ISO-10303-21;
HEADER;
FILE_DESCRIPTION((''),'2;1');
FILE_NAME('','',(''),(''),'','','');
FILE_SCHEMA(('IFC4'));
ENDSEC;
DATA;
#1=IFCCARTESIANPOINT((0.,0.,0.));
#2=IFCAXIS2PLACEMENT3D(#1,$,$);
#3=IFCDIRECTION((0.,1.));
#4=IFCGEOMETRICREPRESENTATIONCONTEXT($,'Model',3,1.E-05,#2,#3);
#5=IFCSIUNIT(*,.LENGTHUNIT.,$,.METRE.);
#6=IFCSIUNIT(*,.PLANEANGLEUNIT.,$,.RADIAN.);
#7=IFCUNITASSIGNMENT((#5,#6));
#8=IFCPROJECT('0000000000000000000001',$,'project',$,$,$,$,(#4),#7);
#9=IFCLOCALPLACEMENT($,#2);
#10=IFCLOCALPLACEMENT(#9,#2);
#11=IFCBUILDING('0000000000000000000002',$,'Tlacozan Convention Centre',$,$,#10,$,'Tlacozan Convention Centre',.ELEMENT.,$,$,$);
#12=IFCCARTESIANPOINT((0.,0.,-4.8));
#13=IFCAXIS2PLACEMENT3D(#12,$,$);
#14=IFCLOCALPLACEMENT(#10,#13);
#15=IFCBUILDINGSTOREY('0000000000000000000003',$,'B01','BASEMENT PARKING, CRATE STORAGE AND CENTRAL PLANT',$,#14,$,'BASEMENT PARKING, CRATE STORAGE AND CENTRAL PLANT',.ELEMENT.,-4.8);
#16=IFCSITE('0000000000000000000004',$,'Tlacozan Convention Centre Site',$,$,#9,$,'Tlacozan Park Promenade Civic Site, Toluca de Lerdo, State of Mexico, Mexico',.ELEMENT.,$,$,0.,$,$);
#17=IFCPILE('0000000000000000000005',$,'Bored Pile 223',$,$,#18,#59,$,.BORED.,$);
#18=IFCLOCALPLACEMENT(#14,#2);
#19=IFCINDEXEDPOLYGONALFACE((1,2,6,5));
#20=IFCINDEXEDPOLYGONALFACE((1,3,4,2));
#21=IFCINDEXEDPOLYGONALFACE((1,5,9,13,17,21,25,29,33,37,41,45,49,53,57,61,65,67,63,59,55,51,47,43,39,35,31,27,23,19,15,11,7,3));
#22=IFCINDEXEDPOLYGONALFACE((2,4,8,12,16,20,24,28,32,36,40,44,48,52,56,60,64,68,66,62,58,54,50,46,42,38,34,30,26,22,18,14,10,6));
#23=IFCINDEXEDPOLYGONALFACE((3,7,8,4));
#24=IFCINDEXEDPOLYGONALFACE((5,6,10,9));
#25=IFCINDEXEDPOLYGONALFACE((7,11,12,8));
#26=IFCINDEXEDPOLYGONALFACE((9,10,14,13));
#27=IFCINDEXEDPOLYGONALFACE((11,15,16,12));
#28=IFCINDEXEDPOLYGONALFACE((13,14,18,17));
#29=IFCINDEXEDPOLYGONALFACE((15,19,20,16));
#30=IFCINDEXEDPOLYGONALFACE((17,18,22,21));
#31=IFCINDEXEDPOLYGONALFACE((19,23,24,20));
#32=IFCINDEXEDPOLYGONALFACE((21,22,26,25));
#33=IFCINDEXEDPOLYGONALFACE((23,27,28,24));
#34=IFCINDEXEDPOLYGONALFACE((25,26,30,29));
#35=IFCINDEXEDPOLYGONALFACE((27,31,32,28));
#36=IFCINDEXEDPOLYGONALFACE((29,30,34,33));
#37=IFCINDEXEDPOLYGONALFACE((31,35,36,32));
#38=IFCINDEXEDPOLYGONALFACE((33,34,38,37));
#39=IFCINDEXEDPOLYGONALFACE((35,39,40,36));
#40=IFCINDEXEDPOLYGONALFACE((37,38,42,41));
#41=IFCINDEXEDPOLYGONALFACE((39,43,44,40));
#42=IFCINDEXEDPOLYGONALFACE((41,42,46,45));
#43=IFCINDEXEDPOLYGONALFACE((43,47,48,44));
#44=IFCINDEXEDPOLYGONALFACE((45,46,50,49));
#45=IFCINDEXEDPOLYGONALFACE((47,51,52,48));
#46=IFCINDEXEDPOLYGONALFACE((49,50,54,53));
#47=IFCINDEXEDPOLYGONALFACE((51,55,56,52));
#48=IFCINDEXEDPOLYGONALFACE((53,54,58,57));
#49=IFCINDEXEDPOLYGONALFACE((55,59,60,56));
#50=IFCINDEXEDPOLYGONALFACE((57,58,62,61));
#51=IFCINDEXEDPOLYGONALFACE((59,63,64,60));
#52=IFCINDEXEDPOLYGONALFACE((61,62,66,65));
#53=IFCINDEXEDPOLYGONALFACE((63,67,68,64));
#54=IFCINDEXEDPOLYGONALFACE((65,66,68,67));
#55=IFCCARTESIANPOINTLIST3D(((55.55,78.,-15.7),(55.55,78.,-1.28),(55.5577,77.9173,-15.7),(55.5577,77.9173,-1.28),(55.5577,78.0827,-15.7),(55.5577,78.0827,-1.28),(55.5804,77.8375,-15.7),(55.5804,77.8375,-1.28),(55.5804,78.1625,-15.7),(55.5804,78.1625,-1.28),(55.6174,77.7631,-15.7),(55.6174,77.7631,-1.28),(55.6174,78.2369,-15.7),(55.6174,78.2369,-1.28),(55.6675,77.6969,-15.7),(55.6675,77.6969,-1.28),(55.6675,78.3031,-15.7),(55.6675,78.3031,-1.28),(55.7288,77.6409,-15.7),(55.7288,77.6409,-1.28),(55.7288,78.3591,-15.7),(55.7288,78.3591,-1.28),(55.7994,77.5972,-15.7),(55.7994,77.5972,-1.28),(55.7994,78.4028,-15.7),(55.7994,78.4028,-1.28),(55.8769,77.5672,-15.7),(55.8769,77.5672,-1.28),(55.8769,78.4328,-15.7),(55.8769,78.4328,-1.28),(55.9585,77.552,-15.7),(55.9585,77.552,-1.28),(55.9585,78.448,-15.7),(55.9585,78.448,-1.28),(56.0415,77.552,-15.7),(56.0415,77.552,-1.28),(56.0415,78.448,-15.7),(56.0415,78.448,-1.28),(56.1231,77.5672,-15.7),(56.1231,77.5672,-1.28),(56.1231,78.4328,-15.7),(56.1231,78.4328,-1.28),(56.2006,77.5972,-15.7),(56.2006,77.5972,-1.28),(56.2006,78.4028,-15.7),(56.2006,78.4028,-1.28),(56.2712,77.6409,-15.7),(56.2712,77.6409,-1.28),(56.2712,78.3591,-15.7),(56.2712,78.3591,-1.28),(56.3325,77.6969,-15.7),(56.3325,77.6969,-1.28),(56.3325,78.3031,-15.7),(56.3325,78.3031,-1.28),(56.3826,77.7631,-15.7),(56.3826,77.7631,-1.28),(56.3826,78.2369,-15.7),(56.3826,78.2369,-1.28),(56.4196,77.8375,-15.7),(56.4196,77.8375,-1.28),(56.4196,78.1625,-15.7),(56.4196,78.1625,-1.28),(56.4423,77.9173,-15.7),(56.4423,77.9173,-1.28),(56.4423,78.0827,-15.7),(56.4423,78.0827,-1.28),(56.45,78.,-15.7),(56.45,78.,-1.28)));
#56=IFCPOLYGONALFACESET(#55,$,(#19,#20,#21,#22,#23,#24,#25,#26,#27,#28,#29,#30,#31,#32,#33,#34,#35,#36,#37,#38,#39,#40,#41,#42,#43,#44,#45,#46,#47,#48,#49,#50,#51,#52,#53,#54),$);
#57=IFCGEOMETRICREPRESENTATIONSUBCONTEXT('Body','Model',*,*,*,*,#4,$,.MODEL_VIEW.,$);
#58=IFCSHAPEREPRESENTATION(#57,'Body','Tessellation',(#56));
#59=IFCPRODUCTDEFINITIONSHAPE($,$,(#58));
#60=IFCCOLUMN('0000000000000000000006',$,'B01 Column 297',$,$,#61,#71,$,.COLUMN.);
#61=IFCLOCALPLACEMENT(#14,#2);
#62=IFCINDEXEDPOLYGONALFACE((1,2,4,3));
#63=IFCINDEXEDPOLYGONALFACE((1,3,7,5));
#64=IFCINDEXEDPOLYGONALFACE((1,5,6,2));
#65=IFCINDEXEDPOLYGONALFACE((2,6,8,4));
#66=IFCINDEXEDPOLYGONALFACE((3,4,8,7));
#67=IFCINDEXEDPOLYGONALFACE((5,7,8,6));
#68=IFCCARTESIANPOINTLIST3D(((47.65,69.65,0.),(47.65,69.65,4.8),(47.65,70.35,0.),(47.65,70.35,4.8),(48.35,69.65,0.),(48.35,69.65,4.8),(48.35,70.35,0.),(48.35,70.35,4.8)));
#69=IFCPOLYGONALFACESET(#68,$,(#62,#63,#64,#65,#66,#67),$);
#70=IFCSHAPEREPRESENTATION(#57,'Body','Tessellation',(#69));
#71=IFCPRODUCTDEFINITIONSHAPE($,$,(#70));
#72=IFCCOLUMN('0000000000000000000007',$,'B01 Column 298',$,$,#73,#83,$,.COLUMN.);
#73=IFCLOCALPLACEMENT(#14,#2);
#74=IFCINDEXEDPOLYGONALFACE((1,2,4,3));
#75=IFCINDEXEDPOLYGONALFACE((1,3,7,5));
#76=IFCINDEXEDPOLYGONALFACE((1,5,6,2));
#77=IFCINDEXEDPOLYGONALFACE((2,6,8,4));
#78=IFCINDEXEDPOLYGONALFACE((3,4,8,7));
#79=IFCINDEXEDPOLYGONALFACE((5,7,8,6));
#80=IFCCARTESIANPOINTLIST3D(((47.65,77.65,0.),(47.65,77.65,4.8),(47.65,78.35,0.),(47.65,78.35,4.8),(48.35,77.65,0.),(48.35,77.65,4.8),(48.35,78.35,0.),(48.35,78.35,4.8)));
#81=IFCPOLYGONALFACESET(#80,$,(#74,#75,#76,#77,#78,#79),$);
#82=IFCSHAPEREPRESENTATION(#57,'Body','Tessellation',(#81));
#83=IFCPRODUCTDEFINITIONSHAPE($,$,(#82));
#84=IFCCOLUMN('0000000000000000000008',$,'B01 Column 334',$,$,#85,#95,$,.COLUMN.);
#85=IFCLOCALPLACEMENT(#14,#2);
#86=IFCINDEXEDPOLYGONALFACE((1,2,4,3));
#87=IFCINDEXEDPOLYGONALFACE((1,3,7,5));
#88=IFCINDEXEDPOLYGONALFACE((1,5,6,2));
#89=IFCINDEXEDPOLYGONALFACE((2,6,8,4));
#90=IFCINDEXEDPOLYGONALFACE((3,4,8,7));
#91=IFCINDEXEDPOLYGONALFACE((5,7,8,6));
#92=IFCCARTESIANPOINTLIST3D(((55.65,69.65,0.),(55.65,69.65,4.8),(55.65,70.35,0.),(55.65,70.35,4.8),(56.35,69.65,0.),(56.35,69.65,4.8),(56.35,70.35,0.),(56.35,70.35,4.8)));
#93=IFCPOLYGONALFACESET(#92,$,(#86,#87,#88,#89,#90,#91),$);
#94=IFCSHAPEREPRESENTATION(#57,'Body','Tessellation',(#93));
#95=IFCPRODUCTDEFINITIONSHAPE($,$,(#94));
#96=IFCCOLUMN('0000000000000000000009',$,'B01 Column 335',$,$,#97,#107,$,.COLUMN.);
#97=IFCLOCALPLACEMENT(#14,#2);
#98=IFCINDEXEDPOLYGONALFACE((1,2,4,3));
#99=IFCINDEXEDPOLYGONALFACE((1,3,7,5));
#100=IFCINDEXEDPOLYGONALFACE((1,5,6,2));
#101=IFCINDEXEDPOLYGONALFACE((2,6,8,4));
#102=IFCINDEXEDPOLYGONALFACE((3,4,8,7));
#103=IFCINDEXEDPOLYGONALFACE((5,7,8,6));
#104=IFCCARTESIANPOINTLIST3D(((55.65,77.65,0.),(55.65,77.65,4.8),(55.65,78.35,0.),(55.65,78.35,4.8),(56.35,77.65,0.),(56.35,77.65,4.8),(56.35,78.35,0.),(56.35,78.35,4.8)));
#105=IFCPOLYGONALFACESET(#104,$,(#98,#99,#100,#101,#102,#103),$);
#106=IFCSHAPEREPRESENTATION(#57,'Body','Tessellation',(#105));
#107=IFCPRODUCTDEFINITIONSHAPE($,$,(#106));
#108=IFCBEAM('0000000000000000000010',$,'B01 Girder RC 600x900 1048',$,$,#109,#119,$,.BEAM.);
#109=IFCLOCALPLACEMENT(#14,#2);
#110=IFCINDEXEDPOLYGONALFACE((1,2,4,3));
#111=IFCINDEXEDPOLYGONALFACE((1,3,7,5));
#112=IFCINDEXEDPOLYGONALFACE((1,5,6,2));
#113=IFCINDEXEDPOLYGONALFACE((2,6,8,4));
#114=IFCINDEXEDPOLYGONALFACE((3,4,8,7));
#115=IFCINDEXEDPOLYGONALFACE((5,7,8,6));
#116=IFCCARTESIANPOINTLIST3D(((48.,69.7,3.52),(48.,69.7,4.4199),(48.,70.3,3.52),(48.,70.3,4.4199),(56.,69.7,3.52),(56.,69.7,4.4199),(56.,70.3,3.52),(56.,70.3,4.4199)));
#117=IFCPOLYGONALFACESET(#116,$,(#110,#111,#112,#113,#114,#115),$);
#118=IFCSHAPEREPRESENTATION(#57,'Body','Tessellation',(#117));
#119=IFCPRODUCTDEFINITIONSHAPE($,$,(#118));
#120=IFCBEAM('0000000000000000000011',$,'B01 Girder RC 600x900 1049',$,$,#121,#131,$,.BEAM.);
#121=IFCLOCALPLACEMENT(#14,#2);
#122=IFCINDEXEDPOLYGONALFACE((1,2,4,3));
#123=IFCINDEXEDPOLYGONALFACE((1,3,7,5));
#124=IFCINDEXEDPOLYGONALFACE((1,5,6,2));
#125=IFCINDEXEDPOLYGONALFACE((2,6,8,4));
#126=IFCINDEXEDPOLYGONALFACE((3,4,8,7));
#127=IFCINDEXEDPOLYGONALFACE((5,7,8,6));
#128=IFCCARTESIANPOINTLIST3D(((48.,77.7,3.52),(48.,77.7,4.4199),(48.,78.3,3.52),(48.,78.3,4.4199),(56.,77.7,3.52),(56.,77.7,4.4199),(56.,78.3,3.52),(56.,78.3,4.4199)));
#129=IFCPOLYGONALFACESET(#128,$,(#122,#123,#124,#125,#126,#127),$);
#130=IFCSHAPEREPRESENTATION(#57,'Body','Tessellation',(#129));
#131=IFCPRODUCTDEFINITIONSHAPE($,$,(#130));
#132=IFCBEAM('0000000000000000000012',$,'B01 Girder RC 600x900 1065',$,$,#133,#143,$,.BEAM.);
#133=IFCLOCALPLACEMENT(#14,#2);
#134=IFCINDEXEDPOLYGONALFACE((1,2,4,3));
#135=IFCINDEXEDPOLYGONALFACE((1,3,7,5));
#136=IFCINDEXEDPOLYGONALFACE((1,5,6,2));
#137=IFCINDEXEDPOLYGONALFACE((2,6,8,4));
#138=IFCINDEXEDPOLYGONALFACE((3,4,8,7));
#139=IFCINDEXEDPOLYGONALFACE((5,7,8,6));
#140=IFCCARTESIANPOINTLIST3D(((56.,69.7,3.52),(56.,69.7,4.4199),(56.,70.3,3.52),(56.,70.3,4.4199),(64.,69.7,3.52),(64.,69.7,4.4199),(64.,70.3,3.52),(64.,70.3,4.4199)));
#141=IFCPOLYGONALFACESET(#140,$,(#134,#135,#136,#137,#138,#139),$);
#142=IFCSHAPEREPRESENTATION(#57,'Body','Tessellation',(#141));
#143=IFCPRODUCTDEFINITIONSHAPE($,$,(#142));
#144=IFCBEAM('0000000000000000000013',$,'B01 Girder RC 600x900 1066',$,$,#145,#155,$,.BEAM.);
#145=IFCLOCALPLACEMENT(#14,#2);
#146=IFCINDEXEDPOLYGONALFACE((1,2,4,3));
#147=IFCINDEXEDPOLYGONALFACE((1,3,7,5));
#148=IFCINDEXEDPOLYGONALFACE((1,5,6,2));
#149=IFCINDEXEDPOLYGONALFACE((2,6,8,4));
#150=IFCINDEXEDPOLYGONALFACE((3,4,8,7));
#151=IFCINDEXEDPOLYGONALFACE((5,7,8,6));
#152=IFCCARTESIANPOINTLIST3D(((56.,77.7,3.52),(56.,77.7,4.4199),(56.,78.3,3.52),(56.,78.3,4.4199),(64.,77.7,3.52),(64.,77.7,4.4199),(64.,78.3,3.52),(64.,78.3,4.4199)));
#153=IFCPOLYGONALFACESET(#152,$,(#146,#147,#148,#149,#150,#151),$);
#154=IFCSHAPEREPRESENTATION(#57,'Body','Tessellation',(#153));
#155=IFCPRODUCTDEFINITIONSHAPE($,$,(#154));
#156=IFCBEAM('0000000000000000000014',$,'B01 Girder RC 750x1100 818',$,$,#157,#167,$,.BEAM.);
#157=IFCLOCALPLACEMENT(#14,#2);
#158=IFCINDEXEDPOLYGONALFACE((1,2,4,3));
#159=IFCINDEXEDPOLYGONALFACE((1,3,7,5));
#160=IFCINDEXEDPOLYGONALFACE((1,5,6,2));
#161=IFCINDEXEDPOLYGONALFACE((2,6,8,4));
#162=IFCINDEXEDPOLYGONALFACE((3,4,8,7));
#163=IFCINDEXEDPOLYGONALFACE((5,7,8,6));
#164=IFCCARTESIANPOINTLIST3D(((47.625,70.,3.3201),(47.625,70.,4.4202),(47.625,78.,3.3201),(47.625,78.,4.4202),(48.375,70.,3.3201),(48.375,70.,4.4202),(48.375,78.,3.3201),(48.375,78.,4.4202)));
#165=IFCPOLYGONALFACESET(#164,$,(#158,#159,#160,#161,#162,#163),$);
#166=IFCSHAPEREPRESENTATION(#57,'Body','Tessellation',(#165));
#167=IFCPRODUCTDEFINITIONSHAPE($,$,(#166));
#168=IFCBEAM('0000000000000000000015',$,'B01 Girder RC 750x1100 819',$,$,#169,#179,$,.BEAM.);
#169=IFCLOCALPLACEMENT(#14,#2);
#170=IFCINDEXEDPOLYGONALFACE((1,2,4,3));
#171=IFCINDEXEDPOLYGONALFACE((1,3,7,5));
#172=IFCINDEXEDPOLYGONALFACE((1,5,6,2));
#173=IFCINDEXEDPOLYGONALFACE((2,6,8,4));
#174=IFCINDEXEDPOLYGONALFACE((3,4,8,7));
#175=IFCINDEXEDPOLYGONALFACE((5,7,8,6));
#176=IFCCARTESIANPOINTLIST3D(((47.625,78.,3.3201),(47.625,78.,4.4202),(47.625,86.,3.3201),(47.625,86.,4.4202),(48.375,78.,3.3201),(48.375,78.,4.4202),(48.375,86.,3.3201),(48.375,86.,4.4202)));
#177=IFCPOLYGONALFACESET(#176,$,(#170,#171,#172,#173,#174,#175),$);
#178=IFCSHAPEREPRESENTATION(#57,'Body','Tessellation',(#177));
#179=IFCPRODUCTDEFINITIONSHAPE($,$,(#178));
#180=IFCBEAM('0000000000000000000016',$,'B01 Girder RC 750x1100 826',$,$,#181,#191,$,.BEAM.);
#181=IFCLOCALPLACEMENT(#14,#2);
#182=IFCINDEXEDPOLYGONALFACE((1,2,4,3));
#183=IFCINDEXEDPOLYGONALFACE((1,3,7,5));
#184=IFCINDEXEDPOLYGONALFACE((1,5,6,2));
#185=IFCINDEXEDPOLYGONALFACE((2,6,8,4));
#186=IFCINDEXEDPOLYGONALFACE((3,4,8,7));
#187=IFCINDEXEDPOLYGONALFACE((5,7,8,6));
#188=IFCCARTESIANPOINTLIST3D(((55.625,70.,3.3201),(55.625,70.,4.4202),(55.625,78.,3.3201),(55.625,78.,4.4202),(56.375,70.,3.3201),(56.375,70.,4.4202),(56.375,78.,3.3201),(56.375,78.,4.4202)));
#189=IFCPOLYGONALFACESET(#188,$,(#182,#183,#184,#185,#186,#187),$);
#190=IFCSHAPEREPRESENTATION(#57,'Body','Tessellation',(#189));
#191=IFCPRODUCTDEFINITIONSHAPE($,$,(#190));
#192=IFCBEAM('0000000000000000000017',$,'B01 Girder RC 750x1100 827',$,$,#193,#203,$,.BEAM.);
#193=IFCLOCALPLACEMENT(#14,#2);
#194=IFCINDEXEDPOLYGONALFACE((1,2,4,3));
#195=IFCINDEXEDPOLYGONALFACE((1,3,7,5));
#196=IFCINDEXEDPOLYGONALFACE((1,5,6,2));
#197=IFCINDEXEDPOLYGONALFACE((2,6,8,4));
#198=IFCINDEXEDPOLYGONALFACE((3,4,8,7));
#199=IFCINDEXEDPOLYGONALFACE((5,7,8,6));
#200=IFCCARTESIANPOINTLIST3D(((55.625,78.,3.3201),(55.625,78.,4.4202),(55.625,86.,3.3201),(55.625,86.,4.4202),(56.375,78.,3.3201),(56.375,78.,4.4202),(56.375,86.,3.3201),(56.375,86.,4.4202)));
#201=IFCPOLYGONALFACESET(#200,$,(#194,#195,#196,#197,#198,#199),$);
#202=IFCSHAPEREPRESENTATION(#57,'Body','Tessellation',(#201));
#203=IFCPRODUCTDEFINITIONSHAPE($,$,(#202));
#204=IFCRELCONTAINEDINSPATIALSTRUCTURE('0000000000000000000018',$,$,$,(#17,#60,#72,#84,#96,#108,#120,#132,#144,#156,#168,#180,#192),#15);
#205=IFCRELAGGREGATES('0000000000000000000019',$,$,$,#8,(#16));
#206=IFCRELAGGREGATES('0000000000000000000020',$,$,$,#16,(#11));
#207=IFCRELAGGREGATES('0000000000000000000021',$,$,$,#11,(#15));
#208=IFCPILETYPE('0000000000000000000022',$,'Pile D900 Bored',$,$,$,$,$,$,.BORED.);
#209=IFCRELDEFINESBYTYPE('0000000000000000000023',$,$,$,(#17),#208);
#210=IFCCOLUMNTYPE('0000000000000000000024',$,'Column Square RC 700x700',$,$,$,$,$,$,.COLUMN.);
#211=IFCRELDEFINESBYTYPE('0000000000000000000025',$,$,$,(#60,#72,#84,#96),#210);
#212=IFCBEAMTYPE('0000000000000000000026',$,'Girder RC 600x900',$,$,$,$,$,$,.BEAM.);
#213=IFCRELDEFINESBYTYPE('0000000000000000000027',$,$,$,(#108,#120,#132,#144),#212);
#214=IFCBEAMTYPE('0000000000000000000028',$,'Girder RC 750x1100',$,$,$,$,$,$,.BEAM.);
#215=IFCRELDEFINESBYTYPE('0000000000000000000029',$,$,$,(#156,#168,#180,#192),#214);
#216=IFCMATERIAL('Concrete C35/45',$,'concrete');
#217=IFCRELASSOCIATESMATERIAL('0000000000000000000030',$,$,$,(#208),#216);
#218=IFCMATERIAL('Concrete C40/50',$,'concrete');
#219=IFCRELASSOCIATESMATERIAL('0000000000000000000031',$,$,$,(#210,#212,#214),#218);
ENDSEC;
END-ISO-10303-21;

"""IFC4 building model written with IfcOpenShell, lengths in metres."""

from ifc_helpers import new_model, si_unit, direction, frame, origin, origin_2d, place, context, subcontext, project, spatial, rectangle, circle, extrude, material, material_profile, profile_set, type_object, element, save


model = new_model("IFC4")

# Units and contexts
model_context = context("Model", 3, precision=1e-05, world=origin(), true_north=direction((0.0, 1.0)))
body_context = subcontext(model_context, "Body", "Model", "MODEL_VIEW")
ifc_project = project(units=[si_unit("LENGTHUNIT", "METRE"), si_unit("PLANEANGLEUNIT", "RADIAN")], contexts=[model_context])

# Site, building, storey
site_placement = place(None, origin())
site = spatial("IfcSite", under=ifc_project, at=site_placement, Name="Tlacozan Convention Centre Site", LongName="Tlacozan Park Promenade Civic Site, Toluca de Lerdo, State of Mexico, Mexico", CompositionType="ELEMENT", RefElevation=0.0)
building_placement = place(site_placement, origin())
building = spatial("IfcBuilding", under=site, at=building_placement, Name="Tlacozan Convention Centre", LongName="Tlacozan Convention Centre", CompositionType="ELEMENT")
storey_placement = place(building_placement, frame((0.0, 0.0, -4.8)))
storey = spatial("IfcBuildingStorey", under=building, at=storey_placement, Name="B01", Description="BASEMENT PARKING, CRATE STORAGE AND CENTRAL PLANT", LongName="BASEMENT PARKING, CRATE STORAGE AND CENTRAL PLANT", CompositionType="ELEMENT", Elevation=-4.8)

# Shared definitions
ifc_material_1 = material(Name="Concrete C35/45", Category="concrete")

# Pile
ifc_material_profile_1 = material_profile(ifc_material_1, circle(Radius=0.45, at=origin_2d()), Name="PILE D900")
ifc_profile_set_1 = profile_set([ifc_material_profile_1], Name="Concrete C35/45")
pile_type_1 = type_object("IfcPileType", Name="Pile D900 Bored", PredefinedType="BORED", material=ifc_profile_set_1)
for number, where, z_axis, x_axis, name in (
    (1, (56.0, 78.0, -1.28), (0.0, 0.0, -1.0), (1.0, 0.0, 0.0), "Bored Pile 223"),
):
    element("IfcPile", number, at=place(storey_placement, frame(where, z_axis=z_axis, x_axis=x_axis)), inside=storey, type_object=pile_type_1, Name=name, PredefinedType="BORED", context=body_context, shape_type="SweptSolid", body=[
        extrude(circle(Radius=0.45, at=origin_2d()), origin(), (0.0, 0.0, 1.0), 14.4199),
    ])

# Columns
ifc_material_2 = material(Name="Concrete C40/50", Category="concrete")
ifc_material_profile_2 = material_profile(ifc_material_2, rectangle(XDim=0.7, YDim=0.7, at=origin_2d()), Name="RC 700x700")
ifc_profile_set_2 = profile_set([ifc_material_profile_2], Name="Concrete C40/50")
column_type = type_object("IfcColumnType", Name="Column Square RC 700x700", PredefinedType="COLUMN", material=ifc_profile_set_2)
for number, where, z_axis, x_axis, name in (
    (2, (48.0, 70.0, 0.0), (0.0, 0.0, 1.0), (1.0, 0.0, 0.0), "B01 Column 297"),
    (3, (48.0, 78.0, 0.0), (0.0, 0.0, 1.0), (1.0, 0.0, 0.0), "B01 Column 298"),
    (4, (56.0, 70.0, 0.0), (0.0, 0.0, 1.0), (1.0, 0.0, 0.0), "B01 Column 334"),
    (5, (56.0, 78.0, 0.0), (0.0, 0.0, 1.0), (1.0, 0.0, 0.0), "B01 Column 335"),
):
    element("IfcColumn", number, at=place(storey_placement, frame(where, z_axis=z_axis, x_axis=x_axis)), inside=storey, type_object=column_type, Name=name, PredefinedType="COLUMN", context=body_context, shape_type="SweptSolid", body=[
        extrude(rectangle(XDim=0.7, YDim=0.7, at=origin_2d()), origin(), (0.0, 0.0, 1.0), 4.8),
    ])

# Beams
ifc_material_profile_3 = material_profile(ifc_material_2, rectangle(XDim=0.6001, YDim=0.8999, at=origin_2d()), Name="RC 600x900")
ifc_profile_set_3 = profile_set([ifc_material_profile_3], Name="Concrete C40/50")
beam_type_1 = type_object("IfcBeamType", Name="Girder RC 600x900", PredefinedType="BEAM", material=ifc_profile_set_3)
for number, where, z_axis, x_axis, name in (
    (6, (48.0, 70.0, 3.97), (1.0, 0.0, 0.0), (0.0, 1.0, 0.0), "B01 Girder RC 600x900 1048"),
    (7, (48.0, 78.0, 3.97), (1.0, 0.0, 0.0), (0.0, 1.0, 0.0), "B01 Girder RC 600x900 1049"),
    (8, (56.0, 70.0, 3.97), (1.0, 0.0, 0.0), (0.0, 1.0, 0.0), "B01 Girder RC 600x900 1065"),
    (9, (56.0, 78.0, 3.97), (1.0, 0.0, 0.0), (0.0, 1.0, 0.0), "B01 Girder RC 600x900 1066"),
):
    element("IfcBeam", number, at=place(storey_placement, frame(where, z_axis=z_axis, x_axis=x_axis)), inside=storey, type_object=beam_type_1, Name=name, PredefinedType="BEAM", context=body_context, shape_type="SweptSolid", body=[
        extrude(rectangle(XDim=0.6001, YDim=0.8999, at=origin_2d()), origin(), (0.0, 0.0, 1.0), 8.0),
    ])
ifc_material_profile_4 = material_profile(ifc_material_2, rectangle(XDim=0.75, YDim=1.1001, at=origin_2d()), Name="RC 750x1100")
ifc_profile_set_4 = profile_set([ifc_material_profile_4], Name="Concrete C40/50")
beam_type_2 = type_object("IfcBeamType", Name="Girder RC 750x1100", PredefinedType="BEAM", material=ifc_profile_set_4)
for number, where, z_axis, x_axis, name in (
    (10, (48.0, 70.0, 3.8701), (0.0, 1.0, 0.0), (-1.0, 0.0, 0.0), "B01 Girder RC 750x1100 818"),
    (11, (48.0, 78.0, 3.8701), (0.0, 1.0, 0.0), (-1.0, 0.0, 0.0), "B01 Girder RC 750x1100 819"),
    (12, (56.0, 70.0, 3.8701), (0.0, 1.0, 0.0), (-1.0, 0.0, 0.0), "B01 Girder RC 750x1100 826"),
    (13, (56.0, 78.0, 3.8701), (0.0, 1.0, 0.0), (-1.0, 0.0, 0.0), "B01 Girder RC 750x1100 827"),
):
    element("IfcBeam", number, at=place(storey_placement, frame(where, z_axis=z_axis, x_axis=x_axis)), inside=storey, type_object=beam_type_2, Name=name, PredefinedType="BEAM", context=body_context, shape_type="SweptSolid", body=[
        extrude(rectangle(XDim=0.75, YDim=1.1001, at=origin_2d()), origin(), (0.0, 0.0, 1.0), 8.0),
    ])

save(model, "model.ifc")
